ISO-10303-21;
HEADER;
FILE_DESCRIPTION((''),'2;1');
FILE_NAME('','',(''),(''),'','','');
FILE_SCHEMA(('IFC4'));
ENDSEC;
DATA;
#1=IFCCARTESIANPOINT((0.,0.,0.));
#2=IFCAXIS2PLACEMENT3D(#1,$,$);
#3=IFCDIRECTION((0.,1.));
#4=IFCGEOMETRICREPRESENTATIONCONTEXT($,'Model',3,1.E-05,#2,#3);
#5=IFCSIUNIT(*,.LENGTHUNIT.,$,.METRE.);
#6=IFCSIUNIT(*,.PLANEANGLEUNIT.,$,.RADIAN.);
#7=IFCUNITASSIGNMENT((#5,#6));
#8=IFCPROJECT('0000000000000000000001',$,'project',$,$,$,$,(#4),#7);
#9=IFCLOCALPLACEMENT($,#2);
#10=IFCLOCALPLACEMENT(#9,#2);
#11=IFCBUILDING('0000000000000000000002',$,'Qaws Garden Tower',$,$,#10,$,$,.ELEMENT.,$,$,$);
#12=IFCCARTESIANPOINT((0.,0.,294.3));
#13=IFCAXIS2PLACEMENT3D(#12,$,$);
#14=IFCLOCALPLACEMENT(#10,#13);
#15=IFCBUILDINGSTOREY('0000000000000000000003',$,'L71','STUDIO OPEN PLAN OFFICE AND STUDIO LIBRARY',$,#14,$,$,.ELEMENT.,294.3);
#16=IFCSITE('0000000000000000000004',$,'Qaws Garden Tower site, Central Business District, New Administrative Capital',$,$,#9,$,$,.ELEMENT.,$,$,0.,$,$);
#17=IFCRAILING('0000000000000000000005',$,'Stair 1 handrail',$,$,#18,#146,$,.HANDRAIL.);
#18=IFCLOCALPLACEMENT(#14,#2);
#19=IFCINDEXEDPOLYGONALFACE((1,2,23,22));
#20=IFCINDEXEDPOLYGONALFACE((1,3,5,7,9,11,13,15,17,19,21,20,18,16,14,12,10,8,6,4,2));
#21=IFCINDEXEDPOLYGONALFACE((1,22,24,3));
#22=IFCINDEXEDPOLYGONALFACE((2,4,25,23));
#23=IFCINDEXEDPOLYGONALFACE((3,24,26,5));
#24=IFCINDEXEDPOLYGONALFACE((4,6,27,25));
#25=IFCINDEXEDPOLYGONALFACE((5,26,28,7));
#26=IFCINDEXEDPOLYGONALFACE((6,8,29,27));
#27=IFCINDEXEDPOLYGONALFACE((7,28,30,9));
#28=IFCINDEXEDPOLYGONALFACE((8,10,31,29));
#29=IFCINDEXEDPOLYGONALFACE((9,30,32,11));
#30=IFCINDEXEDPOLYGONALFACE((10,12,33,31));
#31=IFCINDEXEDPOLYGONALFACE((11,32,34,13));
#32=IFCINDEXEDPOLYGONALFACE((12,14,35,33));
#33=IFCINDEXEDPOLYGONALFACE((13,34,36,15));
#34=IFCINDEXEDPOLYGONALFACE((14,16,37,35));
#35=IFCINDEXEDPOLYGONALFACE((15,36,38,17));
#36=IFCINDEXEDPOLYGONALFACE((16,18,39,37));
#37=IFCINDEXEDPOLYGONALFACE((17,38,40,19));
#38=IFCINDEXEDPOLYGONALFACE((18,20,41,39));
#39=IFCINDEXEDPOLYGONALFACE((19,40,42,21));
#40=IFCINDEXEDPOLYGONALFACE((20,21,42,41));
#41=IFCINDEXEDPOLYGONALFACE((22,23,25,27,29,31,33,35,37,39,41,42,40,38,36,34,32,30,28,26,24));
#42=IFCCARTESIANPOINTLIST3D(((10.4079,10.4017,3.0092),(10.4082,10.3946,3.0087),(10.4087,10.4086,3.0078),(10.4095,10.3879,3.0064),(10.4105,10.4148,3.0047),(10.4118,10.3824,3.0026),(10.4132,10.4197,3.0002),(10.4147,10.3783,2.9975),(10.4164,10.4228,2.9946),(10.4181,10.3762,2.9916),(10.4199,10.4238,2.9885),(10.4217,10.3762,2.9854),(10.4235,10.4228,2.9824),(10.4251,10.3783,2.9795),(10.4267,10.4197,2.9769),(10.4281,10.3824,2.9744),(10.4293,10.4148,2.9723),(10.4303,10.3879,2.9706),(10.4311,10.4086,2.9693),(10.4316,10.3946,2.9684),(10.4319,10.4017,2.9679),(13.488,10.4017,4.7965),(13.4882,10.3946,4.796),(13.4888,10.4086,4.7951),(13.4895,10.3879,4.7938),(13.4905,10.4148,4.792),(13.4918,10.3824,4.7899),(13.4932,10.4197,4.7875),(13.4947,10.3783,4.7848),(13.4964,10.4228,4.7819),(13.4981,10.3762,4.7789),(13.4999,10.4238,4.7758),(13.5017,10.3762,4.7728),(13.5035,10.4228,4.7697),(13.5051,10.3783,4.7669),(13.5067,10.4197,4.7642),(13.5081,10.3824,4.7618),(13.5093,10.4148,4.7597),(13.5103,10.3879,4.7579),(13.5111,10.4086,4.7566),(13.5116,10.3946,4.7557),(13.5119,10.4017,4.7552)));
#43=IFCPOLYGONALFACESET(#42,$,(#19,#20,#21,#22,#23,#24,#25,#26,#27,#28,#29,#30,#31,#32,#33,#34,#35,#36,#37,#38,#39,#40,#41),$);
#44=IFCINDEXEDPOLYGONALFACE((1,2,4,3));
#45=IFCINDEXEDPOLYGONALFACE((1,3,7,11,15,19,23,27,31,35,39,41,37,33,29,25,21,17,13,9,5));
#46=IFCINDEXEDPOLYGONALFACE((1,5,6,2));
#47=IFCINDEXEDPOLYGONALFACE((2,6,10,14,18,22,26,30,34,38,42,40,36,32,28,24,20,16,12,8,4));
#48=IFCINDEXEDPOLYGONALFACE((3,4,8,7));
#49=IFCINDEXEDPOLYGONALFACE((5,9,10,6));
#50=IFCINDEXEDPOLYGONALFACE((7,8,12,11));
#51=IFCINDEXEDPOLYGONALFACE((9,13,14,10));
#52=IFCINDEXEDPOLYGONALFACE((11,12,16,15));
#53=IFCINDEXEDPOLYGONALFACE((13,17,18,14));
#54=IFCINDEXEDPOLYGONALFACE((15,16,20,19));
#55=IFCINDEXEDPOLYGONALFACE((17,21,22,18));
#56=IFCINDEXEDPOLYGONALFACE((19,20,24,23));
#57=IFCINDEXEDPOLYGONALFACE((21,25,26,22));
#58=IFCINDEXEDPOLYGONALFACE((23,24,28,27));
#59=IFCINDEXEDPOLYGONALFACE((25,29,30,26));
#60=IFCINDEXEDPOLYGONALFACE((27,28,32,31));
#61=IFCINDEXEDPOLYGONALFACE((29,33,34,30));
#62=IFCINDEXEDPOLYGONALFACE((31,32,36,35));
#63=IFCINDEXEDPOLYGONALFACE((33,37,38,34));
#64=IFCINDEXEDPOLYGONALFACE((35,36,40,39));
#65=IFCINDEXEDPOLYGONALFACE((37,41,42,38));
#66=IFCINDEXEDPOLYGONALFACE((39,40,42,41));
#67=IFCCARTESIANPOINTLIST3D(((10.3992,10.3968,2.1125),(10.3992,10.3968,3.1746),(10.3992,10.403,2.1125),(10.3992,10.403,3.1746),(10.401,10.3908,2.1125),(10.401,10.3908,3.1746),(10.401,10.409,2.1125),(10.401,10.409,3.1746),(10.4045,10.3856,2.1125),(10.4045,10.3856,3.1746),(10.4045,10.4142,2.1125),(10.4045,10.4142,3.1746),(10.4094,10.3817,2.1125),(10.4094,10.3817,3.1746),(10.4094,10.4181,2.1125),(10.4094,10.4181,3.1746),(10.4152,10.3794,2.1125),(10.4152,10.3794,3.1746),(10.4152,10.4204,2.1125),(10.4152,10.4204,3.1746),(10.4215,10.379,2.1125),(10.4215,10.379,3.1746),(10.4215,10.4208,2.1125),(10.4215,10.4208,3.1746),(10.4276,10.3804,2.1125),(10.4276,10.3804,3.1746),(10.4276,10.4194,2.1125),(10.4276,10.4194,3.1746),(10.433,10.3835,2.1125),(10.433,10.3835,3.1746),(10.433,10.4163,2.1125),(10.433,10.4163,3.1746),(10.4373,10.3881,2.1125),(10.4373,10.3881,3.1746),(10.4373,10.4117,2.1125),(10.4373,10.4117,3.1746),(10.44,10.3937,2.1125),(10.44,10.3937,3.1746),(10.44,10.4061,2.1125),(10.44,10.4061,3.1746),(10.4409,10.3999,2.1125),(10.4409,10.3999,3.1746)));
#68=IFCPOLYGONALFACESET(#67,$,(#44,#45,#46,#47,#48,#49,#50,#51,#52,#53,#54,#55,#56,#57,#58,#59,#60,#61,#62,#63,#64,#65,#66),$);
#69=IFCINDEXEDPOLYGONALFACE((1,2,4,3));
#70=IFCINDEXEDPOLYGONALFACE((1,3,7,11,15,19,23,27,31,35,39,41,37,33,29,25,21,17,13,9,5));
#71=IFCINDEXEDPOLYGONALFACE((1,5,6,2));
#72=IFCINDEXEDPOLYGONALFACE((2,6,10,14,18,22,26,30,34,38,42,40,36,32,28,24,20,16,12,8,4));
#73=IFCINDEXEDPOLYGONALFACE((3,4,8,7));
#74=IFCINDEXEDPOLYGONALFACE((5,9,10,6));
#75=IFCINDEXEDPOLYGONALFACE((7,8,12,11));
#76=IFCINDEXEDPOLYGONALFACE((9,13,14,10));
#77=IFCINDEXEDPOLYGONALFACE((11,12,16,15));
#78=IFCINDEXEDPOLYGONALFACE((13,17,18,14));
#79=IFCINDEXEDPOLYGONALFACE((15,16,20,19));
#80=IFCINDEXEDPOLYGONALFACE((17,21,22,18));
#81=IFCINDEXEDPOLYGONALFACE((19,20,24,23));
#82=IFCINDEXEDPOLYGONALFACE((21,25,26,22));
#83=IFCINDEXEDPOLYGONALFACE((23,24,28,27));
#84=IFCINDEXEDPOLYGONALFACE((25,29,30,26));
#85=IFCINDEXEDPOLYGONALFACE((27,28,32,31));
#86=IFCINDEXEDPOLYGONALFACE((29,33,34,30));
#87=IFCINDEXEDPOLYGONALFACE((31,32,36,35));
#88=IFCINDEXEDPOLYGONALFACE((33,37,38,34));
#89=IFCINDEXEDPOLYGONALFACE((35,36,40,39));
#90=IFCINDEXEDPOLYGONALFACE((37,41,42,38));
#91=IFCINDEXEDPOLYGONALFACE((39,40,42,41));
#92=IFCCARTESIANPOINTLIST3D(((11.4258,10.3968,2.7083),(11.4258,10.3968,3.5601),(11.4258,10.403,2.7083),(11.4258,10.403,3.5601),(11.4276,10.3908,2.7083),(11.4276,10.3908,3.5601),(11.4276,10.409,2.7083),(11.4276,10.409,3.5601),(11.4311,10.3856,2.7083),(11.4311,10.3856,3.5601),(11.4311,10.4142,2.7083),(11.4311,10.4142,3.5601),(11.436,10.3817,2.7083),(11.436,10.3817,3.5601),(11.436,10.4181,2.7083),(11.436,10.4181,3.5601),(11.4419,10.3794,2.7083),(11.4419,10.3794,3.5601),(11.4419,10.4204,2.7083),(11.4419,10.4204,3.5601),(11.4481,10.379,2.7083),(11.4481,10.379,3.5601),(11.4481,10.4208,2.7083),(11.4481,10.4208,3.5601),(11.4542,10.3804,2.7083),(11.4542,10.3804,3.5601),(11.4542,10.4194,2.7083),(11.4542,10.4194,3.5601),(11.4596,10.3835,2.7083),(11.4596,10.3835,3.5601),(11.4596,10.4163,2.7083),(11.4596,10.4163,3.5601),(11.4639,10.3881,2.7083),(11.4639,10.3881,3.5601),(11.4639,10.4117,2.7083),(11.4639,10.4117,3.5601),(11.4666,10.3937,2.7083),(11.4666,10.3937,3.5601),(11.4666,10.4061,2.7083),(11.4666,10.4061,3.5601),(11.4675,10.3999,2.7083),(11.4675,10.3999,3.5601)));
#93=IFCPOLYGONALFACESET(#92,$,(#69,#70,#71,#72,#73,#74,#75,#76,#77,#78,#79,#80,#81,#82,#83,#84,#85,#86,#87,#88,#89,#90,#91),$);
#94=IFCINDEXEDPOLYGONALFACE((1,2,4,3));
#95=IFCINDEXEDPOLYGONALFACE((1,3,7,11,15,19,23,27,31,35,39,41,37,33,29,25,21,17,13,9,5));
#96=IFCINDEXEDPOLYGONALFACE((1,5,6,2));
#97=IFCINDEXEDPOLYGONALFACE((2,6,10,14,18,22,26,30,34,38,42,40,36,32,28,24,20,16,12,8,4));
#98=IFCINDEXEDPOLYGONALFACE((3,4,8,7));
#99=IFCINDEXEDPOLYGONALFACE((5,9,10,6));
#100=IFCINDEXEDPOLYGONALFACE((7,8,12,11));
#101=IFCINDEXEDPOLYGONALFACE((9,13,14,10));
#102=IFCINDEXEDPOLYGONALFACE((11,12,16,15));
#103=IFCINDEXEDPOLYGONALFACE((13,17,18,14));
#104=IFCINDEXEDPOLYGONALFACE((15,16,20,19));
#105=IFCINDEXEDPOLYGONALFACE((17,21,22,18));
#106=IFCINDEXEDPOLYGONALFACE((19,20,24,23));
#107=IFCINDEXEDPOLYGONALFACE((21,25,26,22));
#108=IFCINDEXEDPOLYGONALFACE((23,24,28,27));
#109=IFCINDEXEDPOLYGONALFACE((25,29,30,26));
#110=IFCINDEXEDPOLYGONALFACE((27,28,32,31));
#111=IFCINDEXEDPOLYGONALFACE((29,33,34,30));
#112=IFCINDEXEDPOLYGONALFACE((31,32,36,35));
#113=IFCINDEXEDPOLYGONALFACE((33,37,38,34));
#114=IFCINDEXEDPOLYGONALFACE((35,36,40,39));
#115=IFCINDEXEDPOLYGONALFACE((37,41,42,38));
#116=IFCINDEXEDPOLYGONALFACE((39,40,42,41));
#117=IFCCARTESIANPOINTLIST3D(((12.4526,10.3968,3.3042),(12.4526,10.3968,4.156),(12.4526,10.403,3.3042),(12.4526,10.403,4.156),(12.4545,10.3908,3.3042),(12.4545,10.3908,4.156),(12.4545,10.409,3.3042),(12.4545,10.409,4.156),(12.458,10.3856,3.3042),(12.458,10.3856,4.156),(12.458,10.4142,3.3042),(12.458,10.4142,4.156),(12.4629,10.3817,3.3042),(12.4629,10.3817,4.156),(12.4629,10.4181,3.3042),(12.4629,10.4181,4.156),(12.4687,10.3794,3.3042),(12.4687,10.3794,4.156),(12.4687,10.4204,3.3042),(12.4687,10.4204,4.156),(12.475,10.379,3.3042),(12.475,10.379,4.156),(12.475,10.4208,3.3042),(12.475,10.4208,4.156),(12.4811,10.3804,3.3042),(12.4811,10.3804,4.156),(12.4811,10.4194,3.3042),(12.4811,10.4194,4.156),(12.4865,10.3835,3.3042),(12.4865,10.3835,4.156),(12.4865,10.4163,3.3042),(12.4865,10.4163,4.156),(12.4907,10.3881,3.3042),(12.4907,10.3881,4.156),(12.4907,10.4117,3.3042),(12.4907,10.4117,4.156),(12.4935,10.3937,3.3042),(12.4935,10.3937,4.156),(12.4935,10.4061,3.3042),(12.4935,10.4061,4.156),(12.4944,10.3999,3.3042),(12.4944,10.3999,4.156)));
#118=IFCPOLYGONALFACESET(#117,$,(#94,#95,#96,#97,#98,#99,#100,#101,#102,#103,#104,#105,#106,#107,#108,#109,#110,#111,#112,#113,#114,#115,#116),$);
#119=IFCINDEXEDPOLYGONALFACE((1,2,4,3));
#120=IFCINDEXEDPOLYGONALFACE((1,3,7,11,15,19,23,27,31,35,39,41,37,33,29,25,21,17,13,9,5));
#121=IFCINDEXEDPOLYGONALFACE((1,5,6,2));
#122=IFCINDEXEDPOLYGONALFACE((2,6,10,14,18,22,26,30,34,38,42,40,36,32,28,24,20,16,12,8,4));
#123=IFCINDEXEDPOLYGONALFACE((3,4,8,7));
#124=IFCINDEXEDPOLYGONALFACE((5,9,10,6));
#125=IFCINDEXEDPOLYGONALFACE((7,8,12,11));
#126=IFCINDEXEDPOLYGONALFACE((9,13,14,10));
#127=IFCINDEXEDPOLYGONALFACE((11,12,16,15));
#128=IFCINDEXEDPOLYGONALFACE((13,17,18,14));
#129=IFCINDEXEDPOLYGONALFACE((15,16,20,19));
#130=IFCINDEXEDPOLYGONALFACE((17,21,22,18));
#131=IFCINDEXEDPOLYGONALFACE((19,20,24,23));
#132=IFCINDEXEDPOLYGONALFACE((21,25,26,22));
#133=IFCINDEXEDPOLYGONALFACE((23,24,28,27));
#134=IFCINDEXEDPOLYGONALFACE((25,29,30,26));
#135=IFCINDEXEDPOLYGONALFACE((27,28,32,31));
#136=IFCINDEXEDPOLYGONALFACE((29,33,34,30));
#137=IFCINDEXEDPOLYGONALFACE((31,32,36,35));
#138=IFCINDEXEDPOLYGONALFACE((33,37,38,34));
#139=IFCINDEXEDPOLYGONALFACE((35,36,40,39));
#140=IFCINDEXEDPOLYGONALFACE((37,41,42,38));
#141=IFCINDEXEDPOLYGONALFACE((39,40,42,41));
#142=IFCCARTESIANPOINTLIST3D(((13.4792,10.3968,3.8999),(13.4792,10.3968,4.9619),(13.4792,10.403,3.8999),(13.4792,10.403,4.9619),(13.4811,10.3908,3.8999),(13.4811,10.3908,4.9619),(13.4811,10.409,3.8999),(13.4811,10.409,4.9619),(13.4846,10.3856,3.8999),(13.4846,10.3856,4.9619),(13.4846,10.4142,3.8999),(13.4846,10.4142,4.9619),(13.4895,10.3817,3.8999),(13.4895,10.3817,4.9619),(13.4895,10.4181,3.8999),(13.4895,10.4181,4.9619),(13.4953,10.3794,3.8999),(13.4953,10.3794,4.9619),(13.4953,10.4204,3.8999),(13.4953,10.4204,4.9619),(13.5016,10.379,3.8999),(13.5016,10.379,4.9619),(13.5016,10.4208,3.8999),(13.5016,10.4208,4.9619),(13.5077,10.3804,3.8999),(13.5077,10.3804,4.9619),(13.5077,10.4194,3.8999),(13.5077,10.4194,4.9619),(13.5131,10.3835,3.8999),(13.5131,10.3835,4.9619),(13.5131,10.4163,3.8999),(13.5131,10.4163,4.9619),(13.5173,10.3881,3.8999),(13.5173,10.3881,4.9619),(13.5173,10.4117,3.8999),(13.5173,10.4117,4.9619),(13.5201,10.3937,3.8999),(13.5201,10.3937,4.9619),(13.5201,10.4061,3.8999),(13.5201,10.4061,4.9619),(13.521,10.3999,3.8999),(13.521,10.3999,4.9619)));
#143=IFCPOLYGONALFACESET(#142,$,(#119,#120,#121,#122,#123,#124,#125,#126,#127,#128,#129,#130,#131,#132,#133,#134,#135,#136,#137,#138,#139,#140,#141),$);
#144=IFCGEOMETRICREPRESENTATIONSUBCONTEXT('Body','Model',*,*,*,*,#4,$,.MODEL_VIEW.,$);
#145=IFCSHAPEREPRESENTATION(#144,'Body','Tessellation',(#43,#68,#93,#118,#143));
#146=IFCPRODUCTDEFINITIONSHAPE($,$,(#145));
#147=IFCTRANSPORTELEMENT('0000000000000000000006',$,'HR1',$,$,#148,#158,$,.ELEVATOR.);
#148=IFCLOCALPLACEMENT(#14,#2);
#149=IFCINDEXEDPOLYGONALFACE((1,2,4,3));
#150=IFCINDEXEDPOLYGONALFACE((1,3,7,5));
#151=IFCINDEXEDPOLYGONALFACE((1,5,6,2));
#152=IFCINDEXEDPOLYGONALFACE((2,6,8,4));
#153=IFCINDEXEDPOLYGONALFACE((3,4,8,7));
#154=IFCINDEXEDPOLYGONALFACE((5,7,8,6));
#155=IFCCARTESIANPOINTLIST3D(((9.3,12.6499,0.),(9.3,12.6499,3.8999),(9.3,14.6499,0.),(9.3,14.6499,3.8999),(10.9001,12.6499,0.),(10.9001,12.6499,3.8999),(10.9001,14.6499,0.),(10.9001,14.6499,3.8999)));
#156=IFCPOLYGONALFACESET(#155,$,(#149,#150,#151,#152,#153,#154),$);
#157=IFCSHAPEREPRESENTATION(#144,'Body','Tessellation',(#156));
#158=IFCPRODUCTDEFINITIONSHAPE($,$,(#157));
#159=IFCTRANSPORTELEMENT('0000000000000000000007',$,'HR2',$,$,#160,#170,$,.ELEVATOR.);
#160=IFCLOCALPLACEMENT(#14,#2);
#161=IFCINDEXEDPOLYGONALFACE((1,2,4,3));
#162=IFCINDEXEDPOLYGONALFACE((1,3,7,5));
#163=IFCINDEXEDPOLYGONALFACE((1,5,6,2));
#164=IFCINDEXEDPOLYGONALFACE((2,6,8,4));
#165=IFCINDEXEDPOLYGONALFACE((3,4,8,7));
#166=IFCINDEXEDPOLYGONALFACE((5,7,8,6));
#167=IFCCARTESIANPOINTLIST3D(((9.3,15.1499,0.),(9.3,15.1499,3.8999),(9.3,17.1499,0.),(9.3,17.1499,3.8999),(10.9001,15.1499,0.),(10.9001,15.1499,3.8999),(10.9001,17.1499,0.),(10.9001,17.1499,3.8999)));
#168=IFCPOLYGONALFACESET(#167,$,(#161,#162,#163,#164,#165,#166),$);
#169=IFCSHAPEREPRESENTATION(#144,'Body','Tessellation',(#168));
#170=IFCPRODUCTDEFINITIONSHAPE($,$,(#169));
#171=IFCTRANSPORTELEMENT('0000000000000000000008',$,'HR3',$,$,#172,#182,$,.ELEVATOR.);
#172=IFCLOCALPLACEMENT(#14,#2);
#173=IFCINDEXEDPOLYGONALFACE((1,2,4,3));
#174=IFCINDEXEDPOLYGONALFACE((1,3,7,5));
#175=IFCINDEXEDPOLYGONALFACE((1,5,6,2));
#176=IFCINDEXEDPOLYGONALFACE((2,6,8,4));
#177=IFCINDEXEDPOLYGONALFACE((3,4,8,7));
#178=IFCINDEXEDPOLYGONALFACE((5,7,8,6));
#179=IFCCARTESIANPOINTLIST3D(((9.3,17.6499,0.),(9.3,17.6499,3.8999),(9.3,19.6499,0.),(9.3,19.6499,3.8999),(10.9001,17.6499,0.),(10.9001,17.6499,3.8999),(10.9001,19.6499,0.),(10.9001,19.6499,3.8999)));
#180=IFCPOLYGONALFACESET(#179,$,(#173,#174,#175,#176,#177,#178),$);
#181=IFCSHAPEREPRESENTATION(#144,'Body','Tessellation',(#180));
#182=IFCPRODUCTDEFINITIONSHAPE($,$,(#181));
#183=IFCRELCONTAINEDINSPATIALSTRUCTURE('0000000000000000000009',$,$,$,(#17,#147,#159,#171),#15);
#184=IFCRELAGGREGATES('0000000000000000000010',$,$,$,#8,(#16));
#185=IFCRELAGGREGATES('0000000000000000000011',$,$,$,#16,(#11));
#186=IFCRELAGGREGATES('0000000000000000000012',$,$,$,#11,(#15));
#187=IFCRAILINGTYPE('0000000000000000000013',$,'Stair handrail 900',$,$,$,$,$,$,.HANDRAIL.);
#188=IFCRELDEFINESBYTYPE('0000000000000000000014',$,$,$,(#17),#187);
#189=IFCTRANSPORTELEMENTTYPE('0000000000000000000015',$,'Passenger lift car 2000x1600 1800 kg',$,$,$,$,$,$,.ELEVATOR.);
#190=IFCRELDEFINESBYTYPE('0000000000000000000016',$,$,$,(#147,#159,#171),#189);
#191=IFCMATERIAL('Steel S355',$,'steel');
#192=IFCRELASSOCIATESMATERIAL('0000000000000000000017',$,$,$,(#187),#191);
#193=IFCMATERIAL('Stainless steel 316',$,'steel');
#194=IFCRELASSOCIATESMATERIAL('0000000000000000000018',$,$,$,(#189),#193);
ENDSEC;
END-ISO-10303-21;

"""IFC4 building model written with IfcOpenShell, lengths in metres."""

from ifc_helpers import new_model, si_unit, direction, frame, origin, origin_2d, place, context, subcontext, project, spatial, rectangle, circle, extrude, material, type_object, element, save


model = new_model("IFC4")

# Units and contexts
model_context = context("Model", 3, precision=1e-05, world=origin(), true_north=direction((0.0, 1.0)))
body_context = subcontext(model_context, "Body", "Model", "MODEL_VIEW")
ifc_project = project(units=[si_unit("LENGTHUNIT", "METRE"), si_unit("PLANEANGLEUNIT", "RADIAN")], contexts=[model_context])

# Site, building, storey
site_placement = place(None, origin())
site = spatial("IfcSite", under=ifc_project, at=site_placement, Name="Qaws Garden Tower site, Central Business District, New Administrative Capital", CompositionType="ELEMENT", RefElevation=0.0)
building_placement = place(site_placement, origin())
building = spatial("IfcBuilding", under=site, at=building_placement, Name="Qaws Garden Tower", CompositionType="ELEMENT")
storey_placement = place(building_placement, frame((0.0, 0.0, 294.3)))
storey = spatial("IfcBuildingStorey", under=building, at=storey_placement, Name="L71", Description="STUDIO OPEN PLAN OFFICE AND STUDIO LIBRARY", CompositionType="ELEMENT", Elevation=294.3)

# Railing
ifc_material_1 = material(Name="Steel S355", Category="steel")
railing_type = type_object("IfcRailingType", Name="Stair handrail 900", PredefinedType="HANDRAIL", material=ifc_material_1)
railing_placement = place(storey_placement, frame((10.4199, 10.3999, 2.1125)))
element("IfcRailing", 1, at=railing_placement, inside=storey, type_object=railing_type, Name="Stair 1 handrail", PredefinedType="HANDRAIL", context=body_context, shape_type="SweptSolid", body=[
    extrude(circle(Radius=0.0239, at=origin_2d()), frame((0.0, 0.0, 0.876), z_axis=(0.86492, 0.0, 0.501909), x_axis=(0.0, 1.0, 0.0)), (0.0, 0.0, 1.0), 3.561),
    extrude(circle(Radius=0.021, at=origin_2d()), origin(), (0.0, 0.0, 1.0), 1.062),
    extrude(circle(Radius=0.021, at=origin_2d()), frame((1.0266, 0.0, 0.5957)), (0.0, 0.0, 1.0), 0.8518),
    extrude(circle(Radius=0.021, at=origin_2d()), frame((2.0535, 0.0, 1.1917)), (0.0, 0.0, 1.0), 0.8518),
    extrude(circle(Radius=0.021, at=origin_2d()), frame((3.0801, 0.0, 1.7874)), (0.0, 0.0, 1.0), 1.062),
])

# Transport elements
ifc_material_2 = material(Name="Stainless steel 316", Category="steel")
transport_element_type = type_object("IfcTransportElementType", Name="Passenger lift car 2000x1600 1800 kg", PredefinedType="ELEVATOR", material=ifc_material_2)
for number, where, z_axis, x_axis, name in (
    (2, (10.1001, 13.6499, 0.0), (0.0, 0.0, 1.0), (1.0, 0.0, 0.0), "HR1"),
    (3, (10.1001, 16.1499, 0.0), (0.0, 0.0, 1.0), (1.0, 0.0, 0.0), "HR2"),
    (4, (10.1001, 18.6499, 0.0), (0.0, 0.0, 1.0), (1.0, 0.0, 0.0), "HR3"),
):
    element("IfcTransportElement", number, at=place(storey_placement, frame(where, z_axis=z_axis, x_axis=x_axis)), inside=storey, type_object=transport_element_type, Name=name, PredefinedType="ELEVATOR", context=body_context, shape_type="SweptSolid", body=[
        extrude(rectangle(XDim=1.6001, YDim=2.0, at=origin_2d()), origin(), (0.0, 0.0, 1.0), 3.8999),
    ])

save(model, "model.ifc")
